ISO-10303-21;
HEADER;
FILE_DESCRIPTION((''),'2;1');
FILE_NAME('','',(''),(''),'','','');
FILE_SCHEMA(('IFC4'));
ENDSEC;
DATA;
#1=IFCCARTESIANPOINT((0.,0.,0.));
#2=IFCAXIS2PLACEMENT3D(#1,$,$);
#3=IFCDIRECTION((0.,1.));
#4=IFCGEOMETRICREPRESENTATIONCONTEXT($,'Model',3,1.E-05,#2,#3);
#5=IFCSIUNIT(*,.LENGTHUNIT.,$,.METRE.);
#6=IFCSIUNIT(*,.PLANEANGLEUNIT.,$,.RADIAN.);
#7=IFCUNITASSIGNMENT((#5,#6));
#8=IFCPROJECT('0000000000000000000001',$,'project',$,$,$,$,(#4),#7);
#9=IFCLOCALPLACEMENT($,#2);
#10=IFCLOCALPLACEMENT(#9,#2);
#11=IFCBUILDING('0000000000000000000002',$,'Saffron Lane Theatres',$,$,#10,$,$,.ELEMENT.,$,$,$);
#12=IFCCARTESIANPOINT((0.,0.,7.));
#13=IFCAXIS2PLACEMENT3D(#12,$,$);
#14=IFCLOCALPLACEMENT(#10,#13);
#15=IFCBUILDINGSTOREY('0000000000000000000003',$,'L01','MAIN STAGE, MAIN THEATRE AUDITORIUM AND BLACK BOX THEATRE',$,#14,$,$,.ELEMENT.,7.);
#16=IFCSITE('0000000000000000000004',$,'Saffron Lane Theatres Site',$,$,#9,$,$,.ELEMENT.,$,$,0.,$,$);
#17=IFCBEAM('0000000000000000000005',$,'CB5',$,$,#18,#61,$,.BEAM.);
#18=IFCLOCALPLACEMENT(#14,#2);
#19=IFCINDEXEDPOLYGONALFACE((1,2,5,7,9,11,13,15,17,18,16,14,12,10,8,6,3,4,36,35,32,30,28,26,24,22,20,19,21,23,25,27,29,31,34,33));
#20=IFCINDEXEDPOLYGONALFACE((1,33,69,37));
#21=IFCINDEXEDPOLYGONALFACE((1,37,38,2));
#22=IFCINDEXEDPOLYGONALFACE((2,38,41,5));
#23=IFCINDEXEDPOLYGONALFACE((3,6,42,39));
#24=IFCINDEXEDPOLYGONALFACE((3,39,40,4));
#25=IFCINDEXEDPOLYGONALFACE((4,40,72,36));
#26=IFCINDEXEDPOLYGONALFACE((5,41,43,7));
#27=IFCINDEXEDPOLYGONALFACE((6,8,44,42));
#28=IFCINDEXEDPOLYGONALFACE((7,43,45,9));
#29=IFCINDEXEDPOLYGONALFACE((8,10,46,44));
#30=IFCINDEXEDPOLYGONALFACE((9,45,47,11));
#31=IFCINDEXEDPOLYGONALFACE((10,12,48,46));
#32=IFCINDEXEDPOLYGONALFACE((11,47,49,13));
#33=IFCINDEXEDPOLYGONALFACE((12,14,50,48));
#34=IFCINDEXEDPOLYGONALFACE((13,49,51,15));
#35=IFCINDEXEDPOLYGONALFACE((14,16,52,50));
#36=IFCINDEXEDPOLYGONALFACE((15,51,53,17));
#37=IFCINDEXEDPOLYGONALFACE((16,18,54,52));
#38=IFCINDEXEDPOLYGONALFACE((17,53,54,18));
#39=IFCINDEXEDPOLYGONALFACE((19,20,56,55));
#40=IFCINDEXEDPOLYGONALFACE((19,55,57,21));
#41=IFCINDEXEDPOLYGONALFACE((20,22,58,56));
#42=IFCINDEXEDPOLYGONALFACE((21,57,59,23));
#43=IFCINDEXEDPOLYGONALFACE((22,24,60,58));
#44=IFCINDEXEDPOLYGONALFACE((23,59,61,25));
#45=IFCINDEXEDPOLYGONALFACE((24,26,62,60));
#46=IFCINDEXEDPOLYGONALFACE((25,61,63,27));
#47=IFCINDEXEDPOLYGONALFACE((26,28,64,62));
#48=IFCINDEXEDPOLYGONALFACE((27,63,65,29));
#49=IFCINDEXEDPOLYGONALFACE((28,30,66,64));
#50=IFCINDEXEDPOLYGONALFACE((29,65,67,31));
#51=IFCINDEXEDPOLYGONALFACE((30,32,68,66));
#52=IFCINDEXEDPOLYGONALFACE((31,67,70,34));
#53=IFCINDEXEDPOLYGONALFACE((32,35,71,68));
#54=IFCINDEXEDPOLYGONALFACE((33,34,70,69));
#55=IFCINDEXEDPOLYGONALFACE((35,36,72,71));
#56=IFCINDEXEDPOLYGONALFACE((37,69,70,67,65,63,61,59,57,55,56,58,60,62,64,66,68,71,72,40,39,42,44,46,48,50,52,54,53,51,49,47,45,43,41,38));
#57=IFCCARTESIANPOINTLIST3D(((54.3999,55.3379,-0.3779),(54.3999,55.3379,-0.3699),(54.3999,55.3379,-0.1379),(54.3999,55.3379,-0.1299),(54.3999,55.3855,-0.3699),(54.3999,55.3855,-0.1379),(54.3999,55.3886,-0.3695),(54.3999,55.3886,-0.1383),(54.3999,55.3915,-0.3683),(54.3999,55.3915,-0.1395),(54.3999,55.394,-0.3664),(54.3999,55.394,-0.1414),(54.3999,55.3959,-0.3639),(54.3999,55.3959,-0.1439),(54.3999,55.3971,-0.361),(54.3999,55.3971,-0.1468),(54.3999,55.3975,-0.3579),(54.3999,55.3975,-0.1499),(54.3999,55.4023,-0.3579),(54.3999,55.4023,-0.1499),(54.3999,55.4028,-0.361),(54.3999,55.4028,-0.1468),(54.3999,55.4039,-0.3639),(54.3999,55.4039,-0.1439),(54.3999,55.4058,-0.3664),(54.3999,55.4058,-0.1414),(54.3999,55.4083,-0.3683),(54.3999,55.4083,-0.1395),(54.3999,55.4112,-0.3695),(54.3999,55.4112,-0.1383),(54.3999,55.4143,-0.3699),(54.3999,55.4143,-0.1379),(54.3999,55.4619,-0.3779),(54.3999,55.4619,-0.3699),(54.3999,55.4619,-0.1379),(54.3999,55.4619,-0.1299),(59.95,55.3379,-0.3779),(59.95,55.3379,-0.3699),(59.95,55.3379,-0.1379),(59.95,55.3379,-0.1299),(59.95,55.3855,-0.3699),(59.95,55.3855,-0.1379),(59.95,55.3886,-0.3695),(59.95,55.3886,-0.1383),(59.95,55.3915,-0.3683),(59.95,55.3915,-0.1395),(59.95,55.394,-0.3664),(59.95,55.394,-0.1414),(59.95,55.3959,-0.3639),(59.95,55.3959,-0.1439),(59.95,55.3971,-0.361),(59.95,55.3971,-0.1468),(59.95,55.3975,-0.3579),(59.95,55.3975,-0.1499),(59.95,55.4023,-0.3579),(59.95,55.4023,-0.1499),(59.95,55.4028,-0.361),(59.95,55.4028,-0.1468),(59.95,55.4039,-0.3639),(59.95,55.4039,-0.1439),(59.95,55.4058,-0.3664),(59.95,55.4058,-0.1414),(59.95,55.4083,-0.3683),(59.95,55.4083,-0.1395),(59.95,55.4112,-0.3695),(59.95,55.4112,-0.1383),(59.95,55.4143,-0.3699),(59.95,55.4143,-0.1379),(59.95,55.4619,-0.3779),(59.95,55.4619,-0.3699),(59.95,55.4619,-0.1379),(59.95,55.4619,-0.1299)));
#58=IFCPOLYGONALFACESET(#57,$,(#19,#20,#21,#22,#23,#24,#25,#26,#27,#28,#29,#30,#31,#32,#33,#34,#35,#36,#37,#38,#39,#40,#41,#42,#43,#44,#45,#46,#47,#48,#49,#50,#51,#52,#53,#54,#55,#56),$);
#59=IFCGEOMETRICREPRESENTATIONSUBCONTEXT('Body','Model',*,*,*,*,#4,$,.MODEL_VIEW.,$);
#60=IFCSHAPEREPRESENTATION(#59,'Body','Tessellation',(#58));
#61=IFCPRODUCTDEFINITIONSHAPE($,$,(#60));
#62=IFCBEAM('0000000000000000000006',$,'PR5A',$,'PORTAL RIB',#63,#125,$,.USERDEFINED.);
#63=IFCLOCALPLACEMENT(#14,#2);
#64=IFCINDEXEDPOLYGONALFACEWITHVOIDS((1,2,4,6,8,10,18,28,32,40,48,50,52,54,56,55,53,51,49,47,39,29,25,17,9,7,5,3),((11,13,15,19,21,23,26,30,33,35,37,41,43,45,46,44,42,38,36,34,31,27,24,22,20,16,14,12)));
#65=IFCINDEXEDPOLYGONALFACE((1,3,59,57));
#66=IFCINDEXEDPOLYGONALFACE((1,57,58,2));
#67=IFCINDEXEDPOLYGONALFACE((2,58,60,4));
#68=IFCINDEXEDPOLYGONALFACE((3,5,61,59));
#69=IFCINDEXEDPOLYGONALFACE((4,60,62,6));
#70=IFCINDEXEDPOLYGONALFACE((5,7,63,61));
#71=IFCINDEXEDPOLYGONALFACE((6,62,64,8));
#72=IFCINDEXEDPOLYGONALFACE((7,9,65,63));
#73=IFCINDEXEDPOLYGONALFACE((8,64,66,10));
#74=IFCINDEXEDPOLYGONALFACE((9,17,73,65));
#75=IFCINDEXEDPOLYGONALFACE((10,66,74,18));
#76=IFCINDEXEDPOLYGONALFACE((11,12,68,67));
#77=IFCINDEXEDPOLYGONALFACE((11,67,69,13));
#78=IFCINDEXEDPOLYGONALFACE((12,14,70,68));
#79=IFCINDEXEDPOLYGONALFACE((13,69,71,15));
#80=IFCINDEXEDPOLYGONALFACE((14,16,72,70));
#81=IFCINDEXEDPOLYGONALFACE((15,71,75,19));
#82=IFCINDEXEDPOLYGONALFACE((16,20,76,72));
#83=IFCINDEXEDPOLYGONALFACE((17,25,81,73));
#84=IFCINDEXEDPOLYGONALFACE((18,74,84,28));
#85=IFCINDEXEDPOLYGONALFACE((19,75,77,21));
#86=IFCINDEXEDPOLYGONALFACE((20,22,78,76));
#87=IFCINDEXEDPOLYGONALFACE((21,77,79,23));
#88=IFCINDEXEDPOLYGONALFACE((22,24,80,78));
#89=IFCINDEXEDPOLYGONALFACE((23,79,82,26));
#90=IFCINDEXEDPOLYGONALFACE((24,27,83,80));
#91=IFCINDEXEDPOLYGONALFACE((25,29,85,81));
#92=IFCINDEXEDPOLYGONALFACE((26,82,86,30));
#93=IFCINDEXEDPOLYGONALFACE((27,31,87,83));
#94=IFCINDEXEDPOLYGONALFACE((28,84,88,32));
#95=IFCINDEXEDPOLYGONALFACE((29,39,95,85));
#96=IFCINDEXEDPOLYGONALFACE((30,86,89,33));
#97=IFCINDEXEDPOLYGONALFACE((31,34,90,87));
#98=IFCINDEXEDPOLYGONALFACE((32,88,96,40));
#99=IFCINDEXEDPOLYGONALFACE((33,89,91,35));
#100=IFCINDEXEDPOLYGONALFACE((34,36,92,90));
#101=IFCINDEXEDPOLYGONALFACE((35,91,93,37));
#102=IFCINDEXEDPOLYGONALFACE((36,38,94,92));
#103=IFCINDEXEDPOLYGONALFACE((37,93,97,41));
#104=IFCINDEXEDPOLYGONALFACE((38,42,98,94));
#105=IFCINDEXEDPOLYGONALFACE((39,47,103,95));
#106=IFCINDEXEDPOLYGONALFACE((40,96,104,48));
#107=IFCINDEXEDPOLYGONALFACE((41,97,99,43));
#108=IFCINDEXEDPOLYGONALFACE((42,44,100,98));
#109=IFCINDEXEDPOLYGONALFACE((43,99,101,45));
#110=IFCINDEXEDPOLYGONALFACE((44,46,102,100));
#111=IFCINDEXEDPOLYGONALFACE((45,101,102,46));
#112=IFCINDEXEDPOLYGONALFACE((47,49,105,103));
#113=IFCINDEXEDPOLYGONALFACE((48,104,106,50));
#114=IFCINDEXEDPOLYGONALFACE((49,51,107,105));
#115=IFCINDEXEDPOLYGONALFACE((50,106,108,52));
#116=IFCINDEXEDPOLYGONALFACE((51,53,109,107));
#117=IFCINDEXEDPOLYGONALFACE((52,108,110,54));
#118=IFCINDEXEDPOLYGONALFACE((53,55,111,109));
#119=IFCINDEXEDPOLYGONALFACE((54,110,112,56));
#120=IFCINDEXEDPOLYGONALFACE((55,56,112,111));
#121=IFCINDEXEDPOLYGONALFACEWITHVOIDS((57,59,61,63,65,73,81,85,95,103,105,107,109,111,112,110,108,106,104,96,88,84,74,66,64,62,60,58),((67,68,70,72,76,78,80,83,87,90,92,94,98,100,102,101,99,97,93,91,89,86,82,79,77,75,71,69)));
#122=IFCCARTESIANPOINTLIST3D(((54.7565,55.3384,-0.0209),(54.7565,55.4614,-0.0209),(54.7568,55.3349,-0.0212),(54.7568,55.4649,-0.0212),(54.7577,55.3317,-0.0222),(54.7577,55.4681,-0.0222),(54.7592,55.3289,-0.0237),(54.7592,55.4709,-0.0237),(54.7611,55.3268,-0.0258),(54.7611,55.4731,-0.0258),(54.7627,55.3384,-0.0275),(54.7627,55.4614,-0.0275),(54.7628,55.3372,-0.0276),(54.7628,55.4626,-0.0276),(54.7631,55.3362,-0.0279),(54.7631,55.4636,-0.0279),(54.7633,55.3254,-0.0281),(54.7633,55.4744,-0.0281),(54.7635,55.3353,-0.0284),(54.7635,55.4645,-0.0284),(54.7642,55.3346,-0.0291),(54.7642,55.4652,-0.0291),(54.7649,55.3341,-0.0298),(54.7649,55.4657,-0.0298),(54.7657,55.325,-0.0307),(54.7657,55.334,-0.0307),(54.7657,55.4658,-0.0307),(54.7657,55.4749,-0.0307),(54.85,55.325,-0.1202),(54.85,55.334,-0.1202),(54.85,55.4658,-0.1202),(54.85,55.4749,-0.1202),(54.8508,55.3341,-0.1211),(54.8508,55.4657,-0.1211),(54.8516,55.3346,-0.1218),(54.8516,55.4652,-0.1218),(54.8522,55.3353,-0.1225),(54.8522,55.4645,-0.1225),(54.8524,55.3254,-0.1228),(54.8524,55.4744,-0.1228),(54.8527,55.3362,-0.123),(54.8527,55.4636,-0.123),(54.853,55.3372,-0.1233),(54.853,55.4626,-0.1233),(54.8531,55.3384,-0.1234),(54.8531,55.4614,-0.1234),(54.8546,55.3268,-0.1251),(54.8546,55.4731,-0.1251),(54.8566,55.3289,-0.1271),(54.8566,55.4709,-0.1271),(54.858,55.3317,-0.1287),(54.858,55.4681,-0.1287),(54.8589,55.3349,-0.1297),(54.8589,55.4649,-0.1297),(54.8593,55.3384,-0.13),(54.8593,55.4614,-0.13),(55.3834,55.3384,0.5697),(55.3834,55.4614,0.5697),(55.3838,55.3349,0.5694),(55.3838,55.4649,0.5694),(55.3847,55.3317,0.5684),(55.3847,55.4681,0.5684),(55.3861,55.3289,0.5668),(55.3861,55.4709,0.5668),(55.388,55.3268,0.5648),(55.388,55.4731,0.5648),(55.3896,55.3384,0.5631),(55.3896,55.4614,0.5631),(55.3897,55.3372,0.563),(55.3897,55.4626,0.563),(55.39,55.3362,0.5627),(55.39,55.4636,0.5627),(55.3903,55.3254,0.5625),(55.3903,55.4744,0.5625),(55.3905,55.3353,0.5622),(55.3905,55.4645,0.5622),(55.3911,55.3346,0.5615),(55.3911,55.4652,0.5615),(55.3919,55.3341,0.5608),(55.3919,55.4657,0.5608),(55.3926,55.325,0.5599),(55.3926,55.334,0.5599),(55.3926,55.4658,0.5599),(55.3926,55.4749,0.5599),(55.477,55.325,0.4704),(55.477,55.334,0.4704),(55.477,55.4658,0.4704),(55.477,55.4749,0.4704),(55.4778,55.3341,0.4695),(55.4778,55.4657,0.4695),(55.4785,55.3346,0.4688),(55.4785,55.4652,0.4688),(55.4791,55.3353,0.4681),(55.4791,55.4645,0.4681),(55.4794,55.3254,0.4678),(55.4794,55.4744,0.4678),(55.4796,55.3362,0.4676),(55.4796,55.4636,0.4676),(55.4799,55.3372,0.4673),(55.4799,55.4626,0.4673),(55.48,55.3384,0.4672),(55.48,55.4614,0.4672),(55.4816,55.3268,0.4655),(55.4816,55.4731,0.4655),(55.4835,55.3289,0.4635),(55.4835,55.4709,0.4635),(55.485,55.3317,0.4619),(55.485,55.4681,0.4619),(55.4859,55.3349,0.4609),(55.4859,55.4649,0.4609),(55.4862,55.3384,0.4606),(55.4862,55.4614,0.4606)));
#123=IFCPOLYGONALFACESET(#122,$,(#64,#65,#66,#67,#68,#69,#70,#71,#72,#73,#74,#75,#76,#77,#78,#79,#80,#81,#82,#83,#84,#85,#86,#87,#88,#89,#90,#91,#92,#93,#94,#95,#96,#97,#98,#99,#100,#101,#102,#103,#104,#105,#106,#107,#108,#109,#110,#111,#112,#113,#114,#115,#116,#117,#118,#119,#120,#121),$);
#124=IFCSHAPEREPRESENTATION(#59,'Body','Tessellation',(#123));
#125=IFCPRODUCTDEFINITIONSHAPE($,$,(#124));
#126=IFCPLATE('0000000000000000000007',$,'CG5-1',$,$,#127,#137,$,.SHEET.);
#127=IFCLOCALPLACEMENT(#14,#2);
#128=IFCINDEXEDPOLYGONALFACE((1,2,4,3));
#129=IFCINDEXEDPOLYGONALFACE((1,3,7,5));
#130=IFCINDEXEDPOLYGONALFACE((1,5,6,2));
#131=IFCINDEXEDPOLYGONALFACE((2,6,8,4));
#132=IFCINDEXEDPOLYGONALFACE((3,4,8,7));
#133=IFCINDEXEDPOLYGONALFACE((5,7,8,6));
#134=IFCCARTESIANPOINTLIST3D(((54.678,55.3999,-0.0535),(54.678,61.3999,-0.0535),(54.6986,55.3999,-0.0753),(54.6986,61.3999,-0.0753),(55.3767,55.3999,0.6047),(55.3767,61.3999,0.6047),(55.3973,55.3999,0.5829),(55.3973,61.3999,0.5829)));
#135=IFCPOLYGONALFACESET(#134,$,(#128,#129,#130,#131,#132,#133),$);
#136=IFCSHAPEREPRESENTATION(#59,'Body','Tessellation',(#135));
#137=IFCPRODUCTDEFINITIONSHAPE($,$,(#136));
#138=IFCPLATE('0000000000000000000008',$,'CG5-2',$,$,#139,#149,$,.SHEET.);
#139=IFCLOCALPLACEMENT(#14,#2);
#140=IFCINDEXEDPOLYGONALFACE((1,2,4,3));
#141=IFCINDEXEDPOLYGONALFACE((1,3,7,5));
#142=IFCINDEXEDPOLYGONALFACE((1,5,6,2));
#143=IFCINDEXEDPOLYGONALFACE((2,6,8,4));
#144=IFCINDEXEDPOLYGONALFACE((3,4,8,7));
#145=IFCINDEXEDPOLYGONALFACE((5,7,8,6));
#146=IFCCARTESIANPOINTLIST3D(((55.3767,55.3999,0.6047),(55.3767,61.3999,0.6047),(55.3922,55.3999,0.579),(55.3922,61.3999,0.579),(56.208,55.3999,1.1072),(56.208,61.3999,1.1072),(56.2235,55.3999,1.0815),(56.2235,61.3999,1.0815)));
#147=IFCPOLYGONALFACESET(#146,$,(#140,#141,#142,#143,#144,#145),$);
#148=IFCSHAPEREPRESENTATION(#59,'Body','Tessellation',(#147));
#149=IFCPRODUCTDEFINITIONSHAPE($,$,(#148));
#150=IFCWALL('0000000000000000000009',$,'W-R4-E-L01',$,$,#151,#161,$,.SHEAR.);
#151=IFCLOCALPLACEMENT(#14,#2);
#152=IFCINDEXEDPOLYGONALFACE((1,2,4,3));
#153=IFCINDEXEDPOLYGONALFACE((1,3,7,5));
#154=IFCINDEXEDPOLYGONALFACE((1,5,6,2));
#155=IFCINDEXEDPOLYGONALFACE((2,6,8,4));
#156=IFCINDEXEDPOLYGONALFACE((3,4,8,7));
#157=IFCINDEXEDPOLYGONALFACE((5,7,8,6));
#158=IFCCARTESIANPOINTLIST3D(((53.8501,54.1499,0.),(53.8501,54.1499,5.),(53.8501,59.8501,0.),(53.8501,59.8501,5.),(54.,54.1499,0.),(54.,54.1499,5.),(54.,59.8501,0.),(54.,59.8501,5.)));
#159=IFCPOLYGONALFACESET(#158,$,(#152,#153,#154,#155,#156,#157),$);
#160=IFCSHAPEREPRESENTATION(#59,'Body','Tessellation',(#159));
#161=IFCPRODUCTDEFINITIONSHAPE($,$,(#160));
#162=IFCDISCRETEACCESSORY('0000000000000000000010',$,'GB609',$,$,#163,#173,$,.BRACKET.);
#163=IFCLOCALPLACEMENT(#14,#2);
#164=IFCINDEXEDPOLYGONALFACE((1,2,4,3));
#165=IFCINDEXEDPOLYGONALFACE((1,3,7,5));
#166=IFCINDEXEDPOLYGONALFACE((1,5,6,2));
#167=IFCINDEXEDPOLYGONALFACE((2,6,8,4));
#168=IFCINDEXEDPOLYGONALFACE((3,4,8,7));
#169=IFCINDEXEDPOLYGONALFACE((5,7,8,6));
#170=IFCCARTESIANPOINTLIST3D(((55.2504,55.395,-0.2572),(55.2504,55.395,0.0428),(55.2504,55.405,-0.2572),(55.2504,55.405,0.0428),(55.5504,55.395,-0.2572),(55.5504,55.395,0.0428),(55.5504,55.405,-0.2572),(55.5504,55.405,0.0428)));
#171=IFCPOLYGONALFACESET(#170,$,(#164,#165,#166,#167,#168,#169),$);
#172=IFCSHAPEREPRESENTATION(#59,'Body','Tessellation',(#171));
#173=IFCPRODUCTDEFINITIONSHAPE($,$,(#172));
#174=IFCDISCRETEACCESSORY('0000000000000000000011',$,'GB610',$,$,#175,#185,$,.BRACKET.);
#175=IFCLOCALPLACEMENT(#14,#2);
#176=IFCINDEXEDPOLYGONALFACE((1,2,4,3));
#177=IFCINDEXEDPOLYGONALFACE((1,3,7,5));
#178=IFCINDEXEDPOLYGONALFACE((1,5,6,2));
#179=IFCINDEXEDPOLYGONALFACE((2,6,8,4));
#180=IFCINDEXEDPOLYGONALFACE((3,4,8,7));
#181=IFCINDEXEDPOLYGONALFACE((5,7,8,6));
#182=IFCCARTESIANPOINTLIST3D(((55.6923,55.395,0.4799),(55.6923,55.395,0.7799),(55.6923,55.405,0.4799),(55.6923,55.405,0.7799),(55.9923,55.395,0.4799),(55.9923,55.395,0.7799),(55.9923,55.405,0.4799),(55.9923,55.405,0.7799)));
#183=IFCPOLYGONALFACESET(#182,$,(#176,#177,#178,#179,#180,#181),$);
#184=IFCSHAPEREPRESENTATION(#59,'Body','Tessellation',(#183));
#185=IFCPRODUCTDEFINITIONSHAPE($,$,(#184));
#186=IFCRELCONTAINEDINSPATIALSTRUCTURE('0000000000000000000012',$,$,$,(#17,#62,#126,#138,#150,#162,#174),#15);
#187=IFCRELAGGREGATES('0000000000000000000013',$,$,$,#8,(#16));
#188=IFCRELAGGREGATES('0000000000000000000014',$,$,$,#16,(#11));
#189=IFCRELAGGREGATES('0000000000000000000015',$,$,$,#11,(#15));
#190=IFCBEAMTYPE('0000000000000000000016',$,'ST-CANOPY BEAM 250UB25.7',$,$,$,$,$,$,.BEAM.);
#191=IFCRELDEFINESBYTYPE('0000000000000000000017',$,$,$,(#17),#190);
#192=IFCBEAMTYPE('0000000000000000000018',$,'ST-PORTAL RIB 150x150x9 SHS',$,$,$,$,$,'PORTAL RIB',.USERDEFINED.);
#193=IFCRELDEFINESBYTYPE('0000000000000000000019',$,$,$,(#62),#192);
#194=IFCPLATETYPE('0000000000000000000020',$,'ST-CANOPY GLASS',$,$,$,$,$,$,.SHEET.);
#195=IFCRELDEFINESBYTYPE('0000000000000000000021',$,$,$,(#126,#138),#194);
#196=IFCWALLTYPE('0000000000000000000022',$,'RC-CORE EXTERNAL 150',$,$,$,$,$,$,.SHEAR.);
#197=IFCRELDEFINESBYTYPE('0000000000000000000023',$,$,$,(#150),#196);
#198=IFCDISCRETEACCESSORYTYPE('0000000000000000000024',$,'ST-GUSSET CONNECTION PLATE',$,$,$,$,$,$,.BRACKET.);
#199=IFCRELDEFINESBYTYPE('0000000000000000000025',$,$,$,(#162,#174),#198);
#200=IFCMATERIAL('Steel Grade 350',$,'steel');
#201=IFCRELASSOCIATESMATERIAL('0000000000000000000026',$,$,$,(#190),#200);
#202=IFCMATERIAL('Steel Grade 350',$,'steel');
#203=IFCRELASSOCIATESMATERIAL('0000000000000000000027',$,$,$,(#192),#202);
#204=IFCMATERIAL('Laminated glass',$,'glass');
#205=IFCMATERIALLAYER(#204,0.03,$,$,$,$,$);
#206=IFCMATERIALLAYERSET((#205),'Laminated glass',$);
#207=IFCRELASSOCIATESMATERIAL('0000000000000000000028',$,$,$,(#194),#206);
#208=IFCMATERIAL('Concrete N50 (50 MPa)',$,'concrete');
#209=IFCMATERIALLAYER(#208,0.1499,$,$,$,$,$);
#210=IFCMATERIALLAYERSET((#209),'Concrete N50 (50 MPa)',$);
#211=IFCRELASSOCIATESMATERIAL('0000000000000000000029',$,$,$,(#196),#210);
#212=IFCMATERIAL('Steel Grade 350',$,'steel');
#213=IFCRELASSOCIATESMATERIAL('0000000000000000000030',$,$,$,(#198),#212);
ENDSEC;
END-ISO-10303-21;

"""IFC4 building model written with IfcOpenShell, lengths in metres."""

from ifc_helpers import new_model, si_unit, direction, frame, frame_2d, origin, origin_2d, place, context, subcontext, project, spatial, polyline, rectangle, hollow_rectangle, i_section, outline, extrude, material, layer, layer_set, material_profile, profile_set, type_object, element, save


model = new_model("IFC4")

# Units and contexts
model_context = context("Model", 3, precision=1e-05, world=origin(), true_north=direction((0.0, 1.0)))
body_context = subcontext(model_context, "Body", "Model", "MODEL_VIEW")
ifc_project = project(units=[si_unit("LENGTHUNIT", "METRE"), si_unit("PLANEANGLEUNIT", "RADIAN")], contexts=[model_context])

# Site, building, storey
site_placement = place(None, origin())
site = spatial("IfcSite", under=ifc_project, at=site_placement, Name="Saffron Lane Theatres Site", CompositionType="ELEMENT", RefElevation=0.0)
building_placement = place(site_placement, origin())
building = spatial("IfcBuilding", under=site, at=building_placement, Name="Saffron Lane Theatres", CompositionType="ELEMENT")
storey_placement = place(building_placement, frame((0.0, 0.0, 7.0)))
storey = spatial("IfcBuildingStorey", under=building, at=storey_placement, Name="L01", Description="MAIN STAGE, MAIN THEATRE AUDITORIUM AND BLACK BOX THEATRE", CompositionType="ELEMENT", Elevation=7.0)

# Beams
ifc_material_1 = material(Name="Steel Grade 350", Category="steel")
ifc_material_profile_1 = material_profile(ifc_material_1, i_section(OverallWidth=0.124, OverallDepth=0.248, WebThickness=0.0049, FlangeThickness=0.0081, FilletRadius=0.012, at=origin_2d()))
ifc_profile_set_1 = profile_set([ifc_material_profile_1], Name="Steel Grade 350")
beam_type_1 = type_object("IfcBeamType", Name="ST-CANOPY BEAM 250UB25.7", PredefinedType="BEAM", material=ifc_profile_set_1)
beam_1_placement = place(storey_placement, frame((54.3999, 55.3999, -0.2539), z_axis=(1.0, 0.0, 0.0), x_axis=(0.0, 1.0, 0.0)))
element("IfcBeam", 1, at=beam_1_placement, inside=storey, type_object=beam_type_1, Name="CB5", PredefinedType="BEAM", context=body_context, shape_type="SweptSolid", body=[
    extrude(i_section(OverallWidth=0.124, OverallDepth=0.248, WebThickness=0.0049, FlangeThickness=0.0081, FilletRadius=0.012, at=origin_2d()), origin(), (0.0, 0.0, 1.0), 5.55),
])
ifc_material_2 = material(Name="Steel Grade 350", Category="steel")
ifc_material_profile_2 = material_profile(ifc_material_2, hollow_rectangle(XDim=0.1499, YDim=0.1499, WallThickness=0.009, InnerFilletRadius=0.0044, OuterFilletRadius=0.0134, at=origin_2d()))
ifc_profile_set_2 = profile_set([ifc_material_profile_2], Name="Steel Grade 350")
beam_type_2 = type_object("IfcBeamType", Name="ST-PORTAL RIB 150x150x9 SHS", ElementType="PORTAL RIB", PredefinedType="USERDEFINED", material=ifc_profile_set_2)
beam_2_placement = place(storey_placement, frame((54.8079, 55.3999, -0.0754), z_axis=(0.727909, 0.0, 0.685674), x_axis=(0.0, 1.0, 0.0)))
element("IfcBeam", 2, at=beam_2_placement, inside=storey, type_object=beam_type_2, Name="PR5A", ObjectType="PORTAL RIB", PredefinedType="USERDEFINED", context=body_context, shape_type="SweptSolid", body=[
    extrude(hollow_rectangle(XDim=0.1499, YDim=0.1499, WallThickness=0.009, InnerFilletRadius=0.0044, OuterFilletRadius=0.0134, at=origin_2d()), origin(), (0.0, 0.0, 1.0), 0.8613),
])

# Plates
ifc_material_3 = material(Name="Laminated glass", Category="glass")
ifc_layer_1 = layer(ifc_material_3, 0.03)
ifc_layer_set_1 = layer_set([ifc_layer_1], Name="Laminated glass")
plate_type = type_object("IfcPlateType", Name="ST-CANOPY GLASS", PredefinedType="SHEET", material=ifc_layer_set_1)
plate_1_placement = place(storey_placement, frame((54.678, 55.3999, -0.0535), z_axis=(-0.685682, 0.0, 0.727901), x_axis=(0.727901, 0.0, 0.685682)))
element("IfcPlate", 3, at=plate_1_placement, inside=storey, type_object=plate_type, Name="CG5-1", PredefinedType="SHEET", context=body_context, shape_type="SweptSolid", body=[
    extrude(outline(polyline([(0.0, 0.0), (0.9599, 0.0), (0.9599, 6.0), (0.0, 6.0), (0.0, 0.0)])), origin(), (0.0, 0.0, -1.0), 0.03),
])
plate_2_placement = place(storey_placement, frame((55.3767, 55.3999, 0.6047), z_axis=(-0.517265, 0.0, 0.855825), x_axis=(0.855825, 0.0, 0.517265)))
element("IfcPlate", 4, at=plate_2_placement, inside=storey, type_object=plate_type, Name="CG5-2", PredefinedType="SHEET", context=body_context, shape_type="SweptSolid", body=[
    extrude(outline(polyline([(0.0, 0.0), (0.9713, 0.0), (0.9713, 6.0), (0.0, 6.0), (0.0, 0.0)])), origin(), (0.0, 0.0, -1.0), 0.03),
])

# Wall
ifc_material_4 = material(Name="Concrete N50 (50 MPa)", Category="concrete")
ifc_layer_2 = layer(ifc_material_4, 0.1499)
ifc_layer_set_2 = layer_set([ifc_layer_2], Name="Concrete N50 (50 MPa)")
wall_type = type_object("IfcWallType", Name="RC-CORE EXTERNAL 150", PredefinedType="SHEAR", material=ifc_layer_set_2)
wall_placement = place(storey_placement, frame((53.925, 54.1499, 0.0), z_axis=(0.0, 0.0, 1.0), x_axis=(0.0, 1.0, 0.0)))
element("IfcWall", 5, at=wall_placement, inside=storey, type_object=wall_type, Name="W-R4-E-L01", PredefinedType="SHEAR", context=body_context, shape_type="SweptSolid", body=[
    extrude(rectangle(XDim=5.7002, YDim=0.1499, at=frame_2d((2.8501, 0.0))), origin(), (0.0, 0.0, 1.0), 5.0),
])

# Discrete accessories
ifc_material_5 = material(Name="Steel Grade 350", Category="steel")
ifc_material_profile_3 = material_profile(ifc_material_5, rectangle(XDim=0.3, YDim=0.3, at=origin_2d()))
ifc_profile_set_3 = profile_set([ifc_material_profile_3], Name="Steel Grade 350")
discrete_accessory_type = type_object("IfcDiscreteAccessoryType", Name="ST-GUSSET CONNECTION PLATE", PredefinedType="BRACKET", material=ifc_profile_set_3)
for number, where, z_axis, x_axis, name in (
    (6, (55.4004, 55.395, -0.1072), (0.0, 1.0, 0.0), (-1.0, 0.0, 0.0), "GB609"),
    (7, (55.8423, 55.395, 0.6299), (0.0, 1.0, 0.0), (-1.0, 0.0, 0.0), "GB610"),
):
    element("IfcDiscreteAccessory", number, at=place(storey_placement, frame(where, z_axis=z_axis, x_axis=x_axis)), inside=storey, type_object=discrete_accessory_type, Name=name, PredefinedType="BRACKET", context=body_context, shape_type="SweptSolid", body=[
        extrude(rectangle(XDim=0.3, YDim=0.3, at=origin_2d()), origin(), (0.0, 0.0, 1.0), 0.01),
    ])

save(model, "model.ifc")
